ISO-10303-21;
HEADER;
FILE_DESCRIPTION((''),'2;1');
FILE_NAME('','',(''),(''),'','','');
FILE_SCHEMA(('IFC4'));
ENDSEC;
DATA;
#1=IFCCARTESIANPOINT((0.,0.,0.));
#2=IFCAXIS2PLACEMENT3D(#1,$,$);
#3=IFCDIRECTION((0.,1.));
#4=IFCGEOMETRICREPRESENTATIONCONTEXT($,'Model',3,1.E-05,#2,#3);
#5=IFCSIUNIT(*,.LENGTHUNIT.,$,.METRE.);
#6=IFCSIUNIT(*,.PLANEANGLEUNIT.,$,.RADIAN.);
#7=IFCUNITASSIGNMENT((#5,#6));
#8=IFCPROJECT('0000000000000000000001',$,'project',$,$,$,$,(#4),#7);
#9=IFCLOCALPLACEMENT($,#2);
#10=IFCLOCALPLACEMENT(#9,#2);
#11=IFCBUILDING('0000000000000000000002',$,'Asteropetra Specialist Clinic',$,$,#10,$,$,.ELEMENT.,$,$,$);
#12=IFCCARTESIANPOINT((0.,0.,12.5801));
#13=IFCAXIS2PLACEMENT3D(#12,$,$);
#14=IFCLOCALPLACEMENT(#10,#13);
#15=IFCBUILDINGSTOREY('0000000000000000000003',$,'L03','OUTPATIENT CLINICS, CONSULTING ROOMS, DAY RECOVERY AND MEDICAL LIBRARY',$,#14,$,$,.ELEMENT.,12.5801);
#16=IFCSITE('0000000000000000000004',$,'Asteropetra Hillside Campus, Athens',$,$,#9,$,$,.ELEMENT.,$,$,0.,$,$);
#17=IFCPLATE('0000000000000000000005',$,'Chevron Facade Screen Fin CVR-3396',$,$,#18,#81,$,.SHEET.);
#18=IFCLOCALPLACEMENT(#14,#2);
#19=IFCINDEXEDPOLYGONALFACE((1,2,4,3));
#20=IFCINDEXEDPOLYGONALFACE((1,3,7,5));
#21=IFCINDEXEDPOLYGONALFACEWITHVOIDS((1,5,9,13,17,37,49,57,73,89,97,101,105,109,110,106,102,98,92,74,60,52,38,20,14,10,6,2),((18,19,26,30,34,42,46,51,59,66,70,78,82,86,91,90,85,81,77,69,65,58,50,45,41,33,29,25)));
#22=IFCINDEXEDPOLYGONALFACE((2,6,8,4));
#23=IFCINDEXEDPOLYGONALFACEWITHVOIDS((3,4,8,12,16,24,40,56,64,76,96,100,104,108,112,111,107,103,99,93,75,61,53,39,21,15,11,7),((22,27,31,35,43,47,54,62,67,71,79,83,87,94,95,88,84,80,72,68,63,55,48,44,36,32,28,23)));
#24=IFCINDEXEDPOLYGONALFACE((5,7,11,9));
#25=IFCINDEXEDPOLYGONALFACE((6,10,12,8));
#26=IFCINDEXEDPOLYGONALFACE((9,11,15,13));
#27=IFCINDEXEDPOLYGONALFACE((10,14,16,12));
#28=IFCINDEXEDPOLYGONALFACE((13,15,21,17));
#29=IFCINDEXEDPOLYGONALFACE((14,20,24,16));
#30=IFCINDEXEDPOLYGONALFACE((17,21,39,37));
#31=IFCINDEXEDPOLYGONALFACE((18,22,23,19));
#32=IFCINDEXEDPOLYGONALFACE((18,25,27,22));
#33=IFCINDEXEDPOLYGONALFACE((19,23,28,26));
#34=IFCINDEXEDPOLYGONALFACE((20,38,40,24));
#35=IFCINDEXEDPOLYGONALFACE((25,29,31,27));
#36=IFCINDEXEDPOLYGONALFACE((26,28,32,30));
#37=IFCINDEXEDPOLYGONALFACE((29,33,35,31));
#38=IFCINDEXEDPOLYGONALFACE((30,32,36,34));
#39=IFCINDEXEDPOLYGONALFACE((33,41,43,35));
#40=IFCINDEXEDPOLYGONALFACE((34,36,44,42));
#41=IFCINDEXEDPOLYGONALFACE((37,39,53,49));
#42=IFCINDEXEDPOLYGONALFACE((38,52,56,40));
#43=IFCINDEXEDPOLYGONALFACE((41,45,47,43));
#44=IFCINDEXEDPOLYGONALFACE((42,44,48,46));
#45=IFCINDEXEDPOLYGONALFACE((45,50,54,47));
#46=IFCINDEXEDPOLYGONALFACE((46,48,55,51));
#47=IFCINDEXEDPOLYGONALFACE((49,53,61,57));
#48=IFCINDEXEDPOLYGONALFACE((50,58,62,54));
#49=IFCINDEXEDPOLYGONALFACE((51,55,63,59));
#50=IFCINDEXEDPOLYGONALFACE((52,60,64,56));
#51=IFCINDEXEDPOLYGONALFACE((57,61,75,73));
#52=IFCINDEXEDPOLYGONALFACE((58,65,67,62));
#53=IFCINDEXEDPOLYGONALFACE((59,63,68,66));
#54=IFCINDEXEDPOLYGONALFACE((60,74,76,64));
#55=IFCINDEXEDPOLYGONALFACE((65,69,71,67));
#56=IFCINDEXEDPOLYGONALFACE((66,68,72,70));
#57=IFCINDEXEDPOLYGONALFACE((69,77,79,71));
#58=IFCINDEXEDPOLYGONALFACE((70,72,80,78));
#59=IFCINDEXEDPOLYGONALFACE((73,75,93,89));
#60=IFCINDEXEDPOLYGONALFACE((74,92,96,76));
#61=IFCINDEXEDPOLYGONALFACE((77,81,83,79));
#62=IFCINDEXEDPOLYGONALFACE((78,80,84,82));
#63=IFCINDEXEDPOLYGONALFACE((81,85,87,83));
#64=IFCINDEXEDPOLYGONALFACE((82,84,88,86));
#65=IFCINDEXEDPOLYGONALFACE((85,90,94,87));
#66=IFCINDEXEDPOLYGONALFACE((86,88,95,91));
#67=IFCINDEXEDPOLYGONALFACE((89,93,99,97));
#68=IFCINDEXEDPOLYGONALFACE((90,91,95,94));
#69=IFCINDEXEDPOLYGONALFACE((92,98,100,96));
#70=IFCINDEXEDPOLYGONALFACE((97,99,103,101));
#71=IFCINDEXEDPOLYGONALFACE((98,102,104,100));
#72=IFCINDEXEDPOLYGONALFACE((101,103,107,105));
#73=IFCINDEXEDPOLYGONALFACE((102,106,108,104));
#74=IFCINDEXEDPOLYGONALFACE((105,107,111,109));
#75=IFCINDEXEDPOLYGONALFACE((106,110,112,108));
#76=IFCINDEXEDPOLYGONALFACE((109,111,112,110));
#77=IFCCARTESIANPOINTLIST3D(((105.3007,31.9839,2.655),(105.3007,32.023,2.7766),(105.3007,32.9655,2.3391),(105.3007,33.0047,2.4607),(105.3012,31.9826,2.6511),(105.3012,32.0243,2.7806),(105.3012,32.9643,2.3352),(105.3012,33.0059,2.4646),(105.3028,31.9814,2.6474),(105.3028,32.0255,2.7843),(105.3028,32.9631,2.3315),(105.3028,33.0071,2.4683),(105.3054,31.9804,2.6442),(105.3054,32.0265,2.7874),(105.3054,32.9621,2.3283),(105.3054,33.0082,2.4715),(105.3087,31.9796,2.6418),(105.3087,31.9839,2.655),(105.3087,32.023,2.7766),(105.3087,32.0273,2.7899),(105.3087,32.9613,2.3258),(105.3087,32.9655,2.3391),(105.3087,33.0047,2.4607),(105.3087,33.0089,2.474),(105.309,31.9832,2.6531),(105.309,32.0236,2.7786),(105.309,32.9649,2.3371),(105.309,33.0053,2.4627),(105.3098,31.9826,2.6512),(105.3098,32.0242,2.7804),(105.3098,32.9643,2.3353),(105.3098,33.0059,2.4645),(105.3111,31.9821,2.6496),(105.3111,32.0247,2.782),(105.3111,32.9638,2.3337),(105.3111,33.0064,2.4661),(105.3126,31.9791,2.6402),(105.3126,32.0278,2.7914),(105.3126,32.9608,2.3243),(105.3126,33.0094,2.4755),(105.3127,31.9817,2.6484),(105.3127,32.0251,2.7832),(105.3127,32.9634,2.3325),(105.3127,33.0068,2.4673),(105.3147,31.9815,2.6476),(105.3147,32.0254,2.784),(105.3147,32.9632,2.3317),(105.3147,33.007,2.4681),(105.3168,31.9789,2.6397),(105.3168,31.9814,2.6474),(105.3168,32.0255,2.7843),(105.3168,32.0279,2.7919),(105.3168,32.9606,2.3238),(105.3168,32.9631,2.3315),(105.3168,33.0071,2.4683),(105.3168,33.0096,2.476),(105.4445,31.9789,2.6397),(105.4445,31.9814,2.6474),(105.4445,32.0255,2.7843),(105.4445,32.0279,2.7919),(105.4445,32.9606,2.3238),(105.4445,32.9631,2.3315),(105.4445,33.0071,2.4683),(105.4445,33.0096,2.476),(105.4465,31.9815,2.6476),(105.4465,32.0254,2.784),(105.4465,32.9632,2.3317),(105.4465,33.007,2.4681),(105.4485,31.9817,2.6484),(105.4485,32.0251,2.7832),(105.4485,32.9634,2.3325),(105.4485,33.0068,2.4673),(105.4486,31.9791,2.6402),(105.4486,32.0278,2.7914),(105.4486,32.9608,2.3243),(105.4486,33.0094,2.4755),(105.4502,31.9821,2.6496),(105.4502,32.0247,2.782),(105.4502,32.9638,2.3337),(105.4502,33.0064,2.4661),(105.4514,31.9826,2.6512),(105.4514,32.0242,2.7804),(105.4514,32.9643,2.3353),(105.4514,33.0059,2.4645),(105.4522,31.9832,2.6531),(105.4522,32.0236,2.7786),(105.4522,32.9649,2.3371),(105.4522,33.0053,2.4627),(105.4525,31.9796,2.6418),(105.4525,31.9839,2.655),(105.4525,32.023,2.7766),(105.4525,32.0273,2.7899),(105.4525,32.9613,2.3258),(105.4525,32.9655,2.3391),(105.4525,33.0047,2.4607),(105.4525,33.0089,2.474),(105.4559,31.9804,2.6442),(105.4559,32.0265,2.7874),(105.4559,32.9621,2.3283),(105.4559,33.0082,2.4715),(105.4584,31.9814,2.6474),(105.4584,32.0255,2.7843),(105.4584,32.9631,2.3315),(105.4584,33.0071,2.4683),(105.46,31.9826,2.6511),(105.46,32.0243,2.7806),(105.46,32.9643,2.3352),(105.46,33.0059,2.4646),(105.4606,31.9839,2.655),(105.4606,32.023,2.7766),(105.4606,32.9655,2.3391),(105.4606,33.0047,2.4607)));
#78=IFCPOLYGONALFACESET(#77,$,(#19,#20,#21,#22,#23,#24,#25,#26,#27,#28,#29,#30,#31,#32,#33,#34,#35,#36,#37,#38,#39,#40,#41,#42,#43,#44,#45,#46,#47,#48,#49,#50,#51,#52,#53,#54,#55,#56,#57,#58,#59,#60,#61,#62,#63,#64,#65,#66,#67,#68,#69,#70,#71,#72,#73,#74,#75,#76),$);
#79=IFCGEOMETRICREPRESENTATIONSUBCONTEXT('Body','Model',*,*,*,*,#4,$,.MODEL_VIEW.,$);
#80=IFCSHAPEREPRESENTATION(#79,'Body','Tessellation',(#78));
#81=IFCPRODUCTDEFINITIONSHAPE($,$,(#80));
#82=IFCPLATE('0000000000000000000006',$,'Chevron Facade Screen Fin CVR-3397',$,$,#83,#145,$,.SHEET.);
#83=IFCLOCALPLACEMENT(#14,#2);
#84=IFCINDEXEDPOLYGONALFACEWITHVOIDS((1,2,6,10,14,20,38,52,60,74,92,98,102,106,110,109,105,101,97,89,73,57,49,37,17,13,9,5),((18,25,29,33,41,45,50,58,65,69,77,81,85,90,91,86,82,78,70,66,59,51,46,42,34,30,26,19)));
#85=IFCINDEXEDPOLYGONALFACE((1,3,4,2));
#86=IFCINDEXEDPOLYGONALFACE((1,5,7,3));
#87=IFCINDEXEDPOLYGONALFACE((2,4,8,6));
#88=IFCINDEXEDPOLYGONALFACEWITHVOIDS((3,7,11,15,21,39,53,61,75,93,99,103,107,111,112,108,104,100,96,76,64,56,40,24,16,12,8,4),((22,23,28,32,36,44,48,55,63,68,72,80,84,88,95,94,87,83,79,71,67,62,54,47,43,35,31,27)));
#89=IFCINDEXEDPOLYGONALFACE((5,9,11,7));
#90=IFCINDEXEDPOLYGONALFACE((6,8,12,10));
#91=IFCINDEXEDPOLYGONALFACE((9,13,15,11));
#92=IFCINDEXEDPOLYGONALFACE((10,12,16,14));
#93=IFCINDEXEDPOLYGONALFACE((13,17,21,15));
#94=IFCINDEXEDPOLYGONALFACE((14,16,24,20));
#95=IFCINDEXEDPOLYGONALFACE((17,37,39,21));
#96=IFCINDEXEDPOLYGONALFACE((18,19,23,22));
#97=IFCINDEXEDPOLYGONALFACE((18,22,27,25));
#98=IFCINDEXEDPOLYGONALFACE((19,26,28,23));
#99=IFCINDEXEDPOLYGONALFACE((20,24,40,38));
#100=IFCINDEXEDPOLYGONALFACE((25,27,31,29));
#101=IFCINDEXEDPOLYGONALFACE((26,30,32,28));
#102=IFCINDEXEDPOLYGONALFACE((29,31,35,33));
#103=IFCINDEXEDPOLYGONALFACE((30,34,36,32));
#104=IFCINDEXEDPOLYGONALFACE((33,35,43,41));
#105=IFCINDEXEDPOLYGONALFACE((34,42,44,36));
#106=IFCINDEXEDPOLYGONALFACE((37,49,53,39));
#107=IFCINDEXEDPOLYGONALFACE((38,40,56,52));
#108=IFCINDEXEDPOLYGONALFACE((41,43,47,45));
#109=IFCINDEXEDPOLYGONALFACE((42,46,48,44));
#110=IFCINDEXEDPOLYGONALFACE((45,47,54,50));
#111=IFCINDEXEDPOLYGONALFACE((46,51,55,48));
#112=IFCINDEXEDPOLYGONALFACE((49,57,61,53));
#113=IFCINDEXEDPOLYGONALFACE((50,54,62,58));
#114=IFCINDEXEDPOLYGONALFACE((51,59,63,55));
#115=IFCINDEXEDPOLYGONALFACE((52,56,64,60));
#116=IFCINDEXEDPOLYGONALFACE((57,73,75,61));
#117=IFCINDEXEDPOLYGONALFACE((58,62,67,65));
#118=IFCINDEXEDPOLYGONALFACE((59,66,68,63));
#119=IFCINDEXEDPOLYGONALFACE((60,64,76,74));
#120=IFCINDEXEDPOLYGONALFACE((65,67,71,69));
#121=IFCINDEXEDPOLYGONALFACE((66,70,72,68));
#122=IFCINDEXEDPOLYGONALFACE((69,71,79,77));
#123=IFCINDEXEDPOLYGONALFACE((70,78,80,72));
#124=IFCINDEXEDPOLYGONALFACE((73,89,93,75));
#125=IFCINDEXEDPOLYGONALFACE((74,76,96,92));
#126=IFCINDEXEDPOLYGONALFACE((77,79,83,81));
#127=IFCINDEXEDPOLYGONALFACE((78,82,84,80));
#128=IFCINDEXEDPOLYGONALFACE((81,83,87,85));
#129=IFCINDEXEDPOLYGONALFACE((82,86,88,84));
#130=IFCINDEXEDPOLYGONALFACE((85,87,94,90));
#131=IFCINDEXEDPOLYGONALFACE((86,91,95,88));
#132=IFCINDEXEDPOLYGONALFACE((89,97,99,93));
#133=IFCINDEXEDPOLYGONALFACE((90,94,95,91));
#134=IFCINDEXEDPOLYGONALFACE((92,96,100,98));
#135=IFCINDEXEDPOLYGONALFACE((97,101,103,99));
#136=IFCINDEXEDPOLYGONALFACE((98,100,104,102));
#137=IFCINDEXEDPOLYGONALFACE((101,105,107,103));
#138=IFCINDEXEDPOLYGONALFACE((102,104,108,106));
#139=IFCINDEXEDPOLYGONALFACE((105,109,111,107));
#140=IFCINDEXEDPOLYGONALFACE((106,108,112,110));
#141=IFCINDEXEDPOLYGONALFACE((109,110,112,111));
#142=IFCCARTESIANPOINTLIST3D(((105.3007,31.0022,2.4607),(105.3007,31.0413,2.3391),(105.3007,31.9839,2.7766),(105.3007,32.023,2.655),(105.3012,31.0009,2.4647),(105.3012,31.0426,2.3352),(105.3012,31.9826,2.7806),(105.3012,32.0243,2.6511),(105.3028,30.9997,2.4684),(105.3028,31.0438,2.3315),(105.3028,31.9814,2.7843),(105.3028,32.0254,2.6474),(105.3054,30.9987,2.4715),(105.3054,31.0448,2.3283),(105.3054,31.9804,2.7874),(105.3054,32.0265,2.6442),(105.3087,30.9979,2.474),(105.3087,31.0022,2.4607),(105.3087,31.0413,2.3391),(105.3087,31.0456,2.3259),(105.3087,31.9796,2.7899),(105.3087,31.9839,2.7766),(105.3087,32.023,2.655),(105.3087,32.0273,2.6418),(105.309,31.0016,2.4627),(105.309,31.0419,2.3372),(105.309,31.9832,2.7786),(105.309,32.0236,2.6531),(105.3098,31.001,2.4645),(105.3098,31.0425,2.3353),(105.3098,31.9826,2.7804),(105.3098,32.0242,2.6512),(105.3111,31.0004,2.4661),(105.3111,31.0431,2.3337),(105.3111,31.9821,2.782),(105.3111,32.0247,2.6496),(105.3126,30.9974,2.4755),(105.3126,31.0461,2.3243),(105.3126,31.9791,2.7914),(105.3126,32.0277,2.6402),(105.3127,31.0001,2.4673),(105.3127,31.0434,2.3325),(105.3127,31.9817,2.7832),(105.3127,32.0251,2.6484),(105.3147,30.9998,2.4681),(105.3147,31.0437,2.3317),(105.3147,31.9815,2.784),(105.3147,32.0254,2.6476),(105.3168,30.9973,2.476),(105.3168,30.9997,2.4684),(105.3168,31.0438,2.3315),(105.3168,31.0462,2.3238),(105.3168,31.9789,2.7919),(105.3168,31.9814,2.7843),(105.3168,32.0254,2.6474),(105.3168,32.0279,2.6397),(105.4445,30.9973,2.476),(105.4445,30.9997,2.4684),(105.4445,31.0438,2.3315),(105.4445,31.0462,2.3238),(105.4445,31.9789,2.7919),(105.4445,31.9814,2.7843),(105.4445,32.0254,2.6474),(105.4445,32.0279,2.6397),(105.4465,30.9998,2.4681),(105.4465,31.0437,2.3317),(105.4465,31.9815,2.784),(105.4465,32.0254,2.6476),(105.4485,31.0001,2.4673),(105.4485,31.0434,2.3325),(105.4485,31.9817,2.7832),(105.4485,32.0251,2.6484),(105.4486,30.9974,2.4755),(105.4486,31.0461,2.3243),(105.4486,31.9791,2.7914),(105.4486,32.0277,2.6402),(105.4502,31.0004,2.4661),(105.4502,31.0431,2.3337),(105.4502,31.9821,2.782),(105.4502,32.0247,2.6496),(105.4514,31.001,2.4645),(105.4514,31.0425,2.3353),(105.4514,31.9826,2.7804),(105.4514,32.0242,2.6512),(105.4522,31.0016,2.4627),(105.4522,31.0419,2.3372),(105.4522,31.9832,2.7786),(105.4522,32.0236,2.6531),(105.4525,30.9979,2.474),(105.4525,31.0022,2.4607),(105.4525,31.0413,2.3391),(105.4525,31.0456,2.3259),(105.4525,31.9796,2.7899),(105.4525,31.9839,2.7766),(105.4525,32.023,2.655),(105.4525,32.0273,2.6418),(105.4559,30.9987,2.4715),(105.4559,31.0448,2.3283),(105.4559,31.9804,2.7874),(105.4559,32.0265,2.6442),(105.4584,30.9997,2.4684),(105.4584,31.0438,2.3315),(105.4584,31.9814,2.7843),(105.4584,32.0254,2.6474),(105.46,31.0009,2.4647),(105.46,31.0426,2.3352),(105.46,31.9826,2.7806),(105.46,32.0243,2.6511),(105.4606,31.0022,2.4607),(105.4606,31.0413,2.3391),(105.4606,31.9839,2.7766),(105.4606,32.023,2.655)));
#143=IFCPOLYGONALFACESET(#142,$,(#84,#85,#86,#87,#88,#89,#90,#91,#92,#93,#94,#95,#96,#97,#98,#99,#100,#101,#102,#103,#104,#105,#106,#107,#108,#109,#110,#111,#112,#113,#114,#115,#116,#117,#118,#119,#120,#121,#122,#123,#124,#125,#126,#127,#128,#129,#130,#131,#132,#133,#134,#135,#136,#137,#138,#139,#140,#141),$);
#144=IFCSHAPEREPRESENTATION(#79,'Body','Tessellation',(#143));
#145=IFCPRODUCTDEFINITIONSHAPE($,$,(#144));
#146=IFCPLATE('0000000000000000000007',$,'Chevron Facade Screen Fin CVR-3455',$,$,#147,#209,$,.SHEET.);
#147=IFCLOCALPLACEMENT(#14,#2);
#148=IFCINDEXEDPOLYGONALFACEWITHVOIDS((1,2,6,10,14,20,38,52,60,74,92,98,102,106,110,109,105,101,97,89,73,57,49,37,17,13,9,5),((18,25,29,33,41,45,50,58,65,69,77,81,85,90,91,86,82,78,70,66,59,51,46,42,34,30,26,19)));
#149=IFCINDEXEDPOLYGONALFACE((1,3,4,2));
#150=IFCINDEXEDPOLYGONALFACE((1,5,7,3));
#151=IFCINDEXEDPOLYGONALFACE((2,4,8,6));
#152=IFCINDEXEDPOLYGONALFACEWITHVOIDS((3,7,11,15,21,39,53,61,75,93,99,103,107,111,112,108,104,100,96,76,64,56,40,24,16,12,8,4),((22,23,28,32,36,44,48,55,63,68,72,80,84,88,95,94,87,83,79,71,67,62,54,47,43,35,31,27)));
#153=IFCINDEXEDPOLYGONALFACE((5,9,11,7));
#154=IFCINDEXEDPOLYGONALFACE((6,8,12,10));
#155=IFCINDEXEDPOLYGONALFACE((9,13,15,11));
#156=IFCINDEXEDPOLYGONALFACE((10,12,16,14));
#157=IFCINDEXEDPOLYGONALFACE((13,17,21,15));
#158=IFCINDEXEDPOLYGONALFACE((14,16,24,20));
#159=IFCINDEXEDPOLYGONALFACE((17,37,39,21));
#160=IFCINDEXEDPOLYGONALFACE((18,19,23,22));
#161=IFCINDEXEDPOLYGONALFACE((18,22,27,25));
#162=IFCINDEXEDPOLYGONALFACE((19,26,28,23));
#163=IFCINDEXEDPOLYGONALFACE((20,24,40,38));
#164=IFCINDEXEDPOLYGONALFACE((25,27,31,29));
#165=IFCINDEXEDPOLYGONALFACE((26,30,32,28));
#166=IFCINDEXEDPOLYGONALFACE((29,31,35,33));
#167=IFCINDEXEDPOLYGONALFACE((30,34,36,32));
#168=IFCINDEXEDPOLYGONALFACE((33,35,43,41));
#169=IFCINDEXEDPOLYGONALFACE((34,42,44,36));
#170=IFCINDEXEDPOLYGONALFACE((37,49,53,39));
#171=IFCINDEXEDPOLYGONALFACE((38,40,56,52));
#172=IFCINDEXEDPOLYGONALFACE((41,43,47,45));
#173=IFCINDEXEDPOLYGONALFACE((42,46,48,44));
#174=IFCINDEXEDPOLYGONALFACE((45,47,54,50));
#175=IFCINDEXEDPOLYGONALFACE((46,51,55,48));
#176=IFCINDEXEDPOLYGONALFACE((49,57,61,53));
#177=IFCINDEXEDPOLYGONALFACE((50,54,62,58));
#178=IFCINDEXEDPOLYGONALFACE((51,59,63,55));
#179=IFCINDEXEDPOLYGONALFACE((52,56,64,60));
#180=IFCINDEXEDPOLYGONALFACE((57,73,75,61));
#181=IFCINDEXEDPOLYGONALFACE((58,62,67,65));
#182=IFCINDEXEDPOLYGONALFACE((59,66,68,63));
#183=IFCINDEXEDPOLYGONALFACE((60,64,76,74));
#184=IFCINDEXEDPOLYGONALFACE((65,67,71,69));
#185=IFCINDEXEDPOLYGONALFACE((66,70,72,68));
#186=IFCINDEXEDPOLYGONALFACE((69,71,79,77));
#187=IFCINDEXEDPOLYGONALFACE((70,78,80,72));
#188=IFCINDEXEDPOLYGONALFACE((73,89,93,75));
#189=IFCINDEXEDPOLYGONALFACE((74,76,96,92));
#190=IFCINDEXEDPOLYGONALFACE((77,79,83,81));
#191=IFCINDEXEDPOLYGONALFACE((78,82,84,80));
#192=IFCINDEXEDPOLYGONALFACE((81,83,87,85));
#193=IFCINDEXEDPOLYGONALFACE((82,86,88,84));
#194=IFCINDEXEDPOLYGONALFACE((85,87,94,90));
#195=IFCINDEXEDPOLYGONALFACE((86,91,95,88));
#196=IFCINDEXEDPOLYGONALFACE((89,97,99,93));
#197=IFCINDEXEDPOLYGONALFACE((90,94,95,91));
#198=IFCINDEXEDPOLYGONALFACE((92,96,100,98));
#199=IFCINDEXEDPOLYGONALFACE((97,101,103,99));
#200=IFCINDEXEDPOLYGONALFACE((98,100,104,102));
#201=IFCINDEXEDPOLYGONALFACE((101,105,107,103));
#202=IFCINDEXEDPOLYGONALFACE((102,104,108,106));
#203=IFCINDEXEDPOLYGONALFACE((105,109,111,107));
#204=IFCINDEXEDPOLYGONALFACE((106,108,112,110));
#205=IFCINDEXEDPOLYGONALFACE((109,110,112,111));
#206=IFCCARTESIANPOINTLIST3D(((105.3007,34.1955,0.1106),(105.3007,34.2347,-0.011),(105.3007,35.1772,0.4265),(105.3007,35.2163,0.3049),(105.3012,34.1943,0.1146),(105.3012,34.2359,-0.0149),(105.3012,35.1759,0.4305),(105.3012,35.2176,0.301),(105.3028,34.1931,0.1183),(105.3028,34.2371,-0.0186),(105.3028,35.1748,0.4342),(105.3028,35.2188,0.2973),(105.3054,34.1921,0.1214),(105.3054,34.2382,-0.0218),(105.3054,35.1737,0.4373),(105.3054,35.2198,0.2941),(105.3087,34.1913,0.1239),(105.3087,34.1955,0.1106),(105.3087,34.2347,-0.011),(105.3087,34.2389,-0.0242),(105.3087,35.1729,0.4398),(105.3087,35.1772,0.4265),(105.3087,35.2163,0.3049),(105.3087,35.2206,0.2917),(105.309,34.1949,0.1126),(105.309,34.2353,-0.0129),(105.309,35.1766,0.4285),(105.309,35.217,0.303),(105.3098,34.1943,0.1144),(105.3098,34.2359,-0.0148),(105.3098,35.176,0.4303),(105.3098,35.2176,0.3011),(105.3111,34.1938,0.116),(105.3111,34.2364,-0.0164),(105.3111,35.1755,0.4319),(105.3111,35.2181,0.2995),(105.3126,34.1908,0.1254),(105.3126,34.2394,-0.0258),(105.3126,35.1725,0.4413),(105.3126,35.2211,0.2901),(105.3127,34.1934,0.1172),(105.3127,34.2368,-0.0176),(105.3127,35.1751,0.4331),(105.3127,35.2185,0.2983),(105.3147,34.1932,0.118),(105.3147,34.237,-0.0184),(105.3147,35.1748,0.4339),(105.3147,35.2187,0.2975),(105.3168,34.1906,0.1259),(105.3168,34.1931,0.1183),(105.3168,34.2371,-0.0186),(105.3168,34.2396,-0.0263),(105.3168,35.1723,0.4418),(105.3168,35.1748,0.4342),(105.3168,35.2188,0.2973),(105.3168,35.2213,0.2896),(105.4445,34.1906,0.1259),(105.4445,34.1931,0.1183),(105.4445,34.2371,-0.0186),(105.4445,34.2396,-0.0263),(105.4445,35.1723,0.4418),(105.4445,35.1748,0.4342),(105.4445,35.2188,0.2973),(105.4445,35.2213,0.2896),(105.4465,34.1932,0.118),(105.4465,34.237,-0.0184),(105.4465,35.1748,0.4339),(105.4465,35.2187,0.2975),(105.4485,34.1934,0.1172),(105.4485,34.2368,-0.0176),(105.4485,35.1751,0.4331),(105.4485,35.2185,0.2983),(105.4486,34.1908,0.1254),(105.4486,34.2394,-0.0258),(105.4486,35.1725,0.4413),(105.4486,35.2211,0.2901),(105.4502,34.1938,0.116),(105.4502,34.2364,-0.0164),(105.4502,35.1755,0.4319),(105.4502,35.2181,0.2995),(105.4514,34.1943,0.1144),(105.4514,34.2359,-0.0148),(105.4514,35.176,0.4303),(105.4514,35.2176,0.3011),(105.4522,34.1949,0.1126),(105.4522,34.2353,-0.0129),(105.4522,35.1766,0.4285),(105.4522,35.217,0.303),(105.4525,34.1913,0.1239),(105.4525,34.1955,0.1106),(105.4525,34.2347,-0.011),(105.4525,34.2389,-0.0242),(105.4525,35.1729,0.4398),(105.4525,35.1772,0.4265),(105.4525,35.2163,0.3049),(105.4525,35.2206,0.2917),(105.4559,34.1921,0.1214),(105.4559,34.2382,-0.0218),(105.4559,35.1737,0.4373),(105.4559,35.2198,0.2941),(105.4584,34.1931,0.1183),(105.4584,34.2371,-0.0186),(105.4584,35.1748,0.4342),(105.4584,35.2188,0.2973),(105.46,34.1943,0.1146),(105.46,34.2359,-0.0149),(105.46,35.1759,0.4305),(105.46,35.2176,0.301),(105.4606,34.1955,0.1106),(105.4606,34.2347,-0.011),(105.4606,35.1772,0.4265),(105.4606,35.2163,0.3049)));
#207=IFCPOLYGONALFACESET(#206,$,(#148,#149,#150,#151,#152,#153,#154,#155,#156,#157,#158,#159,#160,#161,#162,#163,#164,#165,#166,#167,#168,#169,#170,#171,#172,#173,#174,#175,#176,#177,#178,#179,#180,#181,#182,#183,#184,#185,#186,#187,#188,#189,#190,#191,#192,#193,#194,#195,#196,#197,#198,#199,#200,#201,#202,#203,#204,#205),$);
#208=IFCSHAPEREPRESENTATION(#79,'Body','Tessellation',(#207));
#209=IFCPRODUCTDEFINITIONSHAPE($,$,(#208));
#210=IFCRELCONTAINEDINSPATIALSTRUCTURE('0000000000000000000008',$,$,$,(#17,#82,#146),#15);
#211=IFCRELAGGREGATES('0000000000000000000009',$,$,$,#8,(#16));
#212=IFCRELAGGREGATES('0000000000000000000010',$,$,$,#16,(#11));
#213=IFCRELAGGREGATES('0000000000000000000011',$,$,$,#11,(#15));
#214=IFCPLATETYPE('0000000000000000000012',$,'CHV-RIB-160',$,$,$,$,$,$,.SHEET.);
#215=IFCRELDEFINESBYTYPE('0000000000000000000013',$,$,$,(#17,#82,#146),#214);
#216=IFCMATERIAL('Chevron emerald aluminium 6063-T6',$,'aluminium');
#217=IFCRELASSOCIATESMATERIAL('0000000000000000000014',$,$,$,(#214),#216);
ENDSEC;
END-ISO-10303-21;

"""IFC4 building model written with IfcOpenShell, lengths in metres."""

from ifc_helpers import new_model, si_unit, direction, frame, origin, origin_2d, place, context, subcontext, project, spatial, hollow_rectangle, extrude, material, material_profile, profile_set, type_object, element, save


model = new_model("IFC4")

# Units and contexts
model_context = context("Model", 3, precision=1e-05, world=origin(), true_north=direction((0.0, 1.0)))
body_context = subcontext(model_context, "Body", "Model", "MODEL_VIEW")
ifc_project = project(units=[si_unit("LENGTHUNIT", "METRE"), si_unit("PLANEANGLEUNIT", "RADIAN")], contexts=[model_context])

# Site, building, storey
site_placement = place(None, origin())
site = spatial("IfcSite", under=ifc_project, at=site_placement, Name="Asteropetra Hillside Campus, Athens", CompositionType="ELEMENT", RefElevation=0.0)
building_placement = place(site_placement, origin())
building = spatial("IfcBuilding", under=site, at=building_placement, Name="Asteropetra Specialist Clinic", CompositionType="ELEMENT")
storey_placement = place(building_placement, frame((0.0, 0.0, 12.5801)))
storey = spatial("IfcBuildingStorey", under=building, at=storey_placement, Name="L03", Description="OUTPATIENT CLINICS, CONSULTING ROOMS, DAY RECOVERY AND MEDICAL LIBRARY", CompositionType="ELEMENT", Elevation=12.5801)

# Plates
ifc_material_1 = material(Name="Chevron emerald aluminium 6063-T6", Category="aluminium")
ifc_material_profile_1 = material_profile(ifc_material_1, hollow_rectangle(XDim=0.1599, YDim=0.1599, WallThickness=0.0081, InnerFilletRadius=0.0081, OuterFilletRadius=0.0161, at=origin_2d()), Name="SHS 160x160x8.0")
ifc_profile_set_1 = profile_set([ifc_material_profile_1], Name="Chevron emerald aluminium 6063-T6")
plate_type_1 = type_object("IfcPlateType", Name="CHV-RIB-160", PredefinedType="SHEET", material=ifc_profile_set_1)
for number, where, z_axis, x_axis, name in (
    (1, (105.3806, 32.9851, 2.3999), (0.0, -0.951923, 0.306339), (1.0, 0.0, 0.0), "Chevron Facade Screen Fin CVR-3396"),
    (2, (105.3806, 32.0034, 2.7158), (0.0, -0.951923, -0.306339), (1.0, 0.0, 0.0), "Chevron Facade Screen Fin CVR-3397"),
    (3, (105.3806, 35.1968, 0.3657), (0.0, -0.951923, -0.306339), (1.0, 0.0, 0.0), "Chevron Facade Screen Fin CVR-3455"),
):
    element("IfcPlate", number, at=place(storey_placement, frame(where, z_axis=z_axis, x_axis=x_axis)), inside=storey, type_object=plate_type_1, Name=name, PredefinedType="SHEET", context=body_context, shape_type="SweptSolid", body=[
        extrude(hollow_rectangle(XDim=0.1599, YDim=0.1599, WallThickness=0.0081, InnerFilletRadius=0.0081, OuterFilletRadius=0.0161, at=origin_2d()), origin(), (0.0, 0.0, 1.0), 1.0312),
    ])

save(model, "model.ifc")
